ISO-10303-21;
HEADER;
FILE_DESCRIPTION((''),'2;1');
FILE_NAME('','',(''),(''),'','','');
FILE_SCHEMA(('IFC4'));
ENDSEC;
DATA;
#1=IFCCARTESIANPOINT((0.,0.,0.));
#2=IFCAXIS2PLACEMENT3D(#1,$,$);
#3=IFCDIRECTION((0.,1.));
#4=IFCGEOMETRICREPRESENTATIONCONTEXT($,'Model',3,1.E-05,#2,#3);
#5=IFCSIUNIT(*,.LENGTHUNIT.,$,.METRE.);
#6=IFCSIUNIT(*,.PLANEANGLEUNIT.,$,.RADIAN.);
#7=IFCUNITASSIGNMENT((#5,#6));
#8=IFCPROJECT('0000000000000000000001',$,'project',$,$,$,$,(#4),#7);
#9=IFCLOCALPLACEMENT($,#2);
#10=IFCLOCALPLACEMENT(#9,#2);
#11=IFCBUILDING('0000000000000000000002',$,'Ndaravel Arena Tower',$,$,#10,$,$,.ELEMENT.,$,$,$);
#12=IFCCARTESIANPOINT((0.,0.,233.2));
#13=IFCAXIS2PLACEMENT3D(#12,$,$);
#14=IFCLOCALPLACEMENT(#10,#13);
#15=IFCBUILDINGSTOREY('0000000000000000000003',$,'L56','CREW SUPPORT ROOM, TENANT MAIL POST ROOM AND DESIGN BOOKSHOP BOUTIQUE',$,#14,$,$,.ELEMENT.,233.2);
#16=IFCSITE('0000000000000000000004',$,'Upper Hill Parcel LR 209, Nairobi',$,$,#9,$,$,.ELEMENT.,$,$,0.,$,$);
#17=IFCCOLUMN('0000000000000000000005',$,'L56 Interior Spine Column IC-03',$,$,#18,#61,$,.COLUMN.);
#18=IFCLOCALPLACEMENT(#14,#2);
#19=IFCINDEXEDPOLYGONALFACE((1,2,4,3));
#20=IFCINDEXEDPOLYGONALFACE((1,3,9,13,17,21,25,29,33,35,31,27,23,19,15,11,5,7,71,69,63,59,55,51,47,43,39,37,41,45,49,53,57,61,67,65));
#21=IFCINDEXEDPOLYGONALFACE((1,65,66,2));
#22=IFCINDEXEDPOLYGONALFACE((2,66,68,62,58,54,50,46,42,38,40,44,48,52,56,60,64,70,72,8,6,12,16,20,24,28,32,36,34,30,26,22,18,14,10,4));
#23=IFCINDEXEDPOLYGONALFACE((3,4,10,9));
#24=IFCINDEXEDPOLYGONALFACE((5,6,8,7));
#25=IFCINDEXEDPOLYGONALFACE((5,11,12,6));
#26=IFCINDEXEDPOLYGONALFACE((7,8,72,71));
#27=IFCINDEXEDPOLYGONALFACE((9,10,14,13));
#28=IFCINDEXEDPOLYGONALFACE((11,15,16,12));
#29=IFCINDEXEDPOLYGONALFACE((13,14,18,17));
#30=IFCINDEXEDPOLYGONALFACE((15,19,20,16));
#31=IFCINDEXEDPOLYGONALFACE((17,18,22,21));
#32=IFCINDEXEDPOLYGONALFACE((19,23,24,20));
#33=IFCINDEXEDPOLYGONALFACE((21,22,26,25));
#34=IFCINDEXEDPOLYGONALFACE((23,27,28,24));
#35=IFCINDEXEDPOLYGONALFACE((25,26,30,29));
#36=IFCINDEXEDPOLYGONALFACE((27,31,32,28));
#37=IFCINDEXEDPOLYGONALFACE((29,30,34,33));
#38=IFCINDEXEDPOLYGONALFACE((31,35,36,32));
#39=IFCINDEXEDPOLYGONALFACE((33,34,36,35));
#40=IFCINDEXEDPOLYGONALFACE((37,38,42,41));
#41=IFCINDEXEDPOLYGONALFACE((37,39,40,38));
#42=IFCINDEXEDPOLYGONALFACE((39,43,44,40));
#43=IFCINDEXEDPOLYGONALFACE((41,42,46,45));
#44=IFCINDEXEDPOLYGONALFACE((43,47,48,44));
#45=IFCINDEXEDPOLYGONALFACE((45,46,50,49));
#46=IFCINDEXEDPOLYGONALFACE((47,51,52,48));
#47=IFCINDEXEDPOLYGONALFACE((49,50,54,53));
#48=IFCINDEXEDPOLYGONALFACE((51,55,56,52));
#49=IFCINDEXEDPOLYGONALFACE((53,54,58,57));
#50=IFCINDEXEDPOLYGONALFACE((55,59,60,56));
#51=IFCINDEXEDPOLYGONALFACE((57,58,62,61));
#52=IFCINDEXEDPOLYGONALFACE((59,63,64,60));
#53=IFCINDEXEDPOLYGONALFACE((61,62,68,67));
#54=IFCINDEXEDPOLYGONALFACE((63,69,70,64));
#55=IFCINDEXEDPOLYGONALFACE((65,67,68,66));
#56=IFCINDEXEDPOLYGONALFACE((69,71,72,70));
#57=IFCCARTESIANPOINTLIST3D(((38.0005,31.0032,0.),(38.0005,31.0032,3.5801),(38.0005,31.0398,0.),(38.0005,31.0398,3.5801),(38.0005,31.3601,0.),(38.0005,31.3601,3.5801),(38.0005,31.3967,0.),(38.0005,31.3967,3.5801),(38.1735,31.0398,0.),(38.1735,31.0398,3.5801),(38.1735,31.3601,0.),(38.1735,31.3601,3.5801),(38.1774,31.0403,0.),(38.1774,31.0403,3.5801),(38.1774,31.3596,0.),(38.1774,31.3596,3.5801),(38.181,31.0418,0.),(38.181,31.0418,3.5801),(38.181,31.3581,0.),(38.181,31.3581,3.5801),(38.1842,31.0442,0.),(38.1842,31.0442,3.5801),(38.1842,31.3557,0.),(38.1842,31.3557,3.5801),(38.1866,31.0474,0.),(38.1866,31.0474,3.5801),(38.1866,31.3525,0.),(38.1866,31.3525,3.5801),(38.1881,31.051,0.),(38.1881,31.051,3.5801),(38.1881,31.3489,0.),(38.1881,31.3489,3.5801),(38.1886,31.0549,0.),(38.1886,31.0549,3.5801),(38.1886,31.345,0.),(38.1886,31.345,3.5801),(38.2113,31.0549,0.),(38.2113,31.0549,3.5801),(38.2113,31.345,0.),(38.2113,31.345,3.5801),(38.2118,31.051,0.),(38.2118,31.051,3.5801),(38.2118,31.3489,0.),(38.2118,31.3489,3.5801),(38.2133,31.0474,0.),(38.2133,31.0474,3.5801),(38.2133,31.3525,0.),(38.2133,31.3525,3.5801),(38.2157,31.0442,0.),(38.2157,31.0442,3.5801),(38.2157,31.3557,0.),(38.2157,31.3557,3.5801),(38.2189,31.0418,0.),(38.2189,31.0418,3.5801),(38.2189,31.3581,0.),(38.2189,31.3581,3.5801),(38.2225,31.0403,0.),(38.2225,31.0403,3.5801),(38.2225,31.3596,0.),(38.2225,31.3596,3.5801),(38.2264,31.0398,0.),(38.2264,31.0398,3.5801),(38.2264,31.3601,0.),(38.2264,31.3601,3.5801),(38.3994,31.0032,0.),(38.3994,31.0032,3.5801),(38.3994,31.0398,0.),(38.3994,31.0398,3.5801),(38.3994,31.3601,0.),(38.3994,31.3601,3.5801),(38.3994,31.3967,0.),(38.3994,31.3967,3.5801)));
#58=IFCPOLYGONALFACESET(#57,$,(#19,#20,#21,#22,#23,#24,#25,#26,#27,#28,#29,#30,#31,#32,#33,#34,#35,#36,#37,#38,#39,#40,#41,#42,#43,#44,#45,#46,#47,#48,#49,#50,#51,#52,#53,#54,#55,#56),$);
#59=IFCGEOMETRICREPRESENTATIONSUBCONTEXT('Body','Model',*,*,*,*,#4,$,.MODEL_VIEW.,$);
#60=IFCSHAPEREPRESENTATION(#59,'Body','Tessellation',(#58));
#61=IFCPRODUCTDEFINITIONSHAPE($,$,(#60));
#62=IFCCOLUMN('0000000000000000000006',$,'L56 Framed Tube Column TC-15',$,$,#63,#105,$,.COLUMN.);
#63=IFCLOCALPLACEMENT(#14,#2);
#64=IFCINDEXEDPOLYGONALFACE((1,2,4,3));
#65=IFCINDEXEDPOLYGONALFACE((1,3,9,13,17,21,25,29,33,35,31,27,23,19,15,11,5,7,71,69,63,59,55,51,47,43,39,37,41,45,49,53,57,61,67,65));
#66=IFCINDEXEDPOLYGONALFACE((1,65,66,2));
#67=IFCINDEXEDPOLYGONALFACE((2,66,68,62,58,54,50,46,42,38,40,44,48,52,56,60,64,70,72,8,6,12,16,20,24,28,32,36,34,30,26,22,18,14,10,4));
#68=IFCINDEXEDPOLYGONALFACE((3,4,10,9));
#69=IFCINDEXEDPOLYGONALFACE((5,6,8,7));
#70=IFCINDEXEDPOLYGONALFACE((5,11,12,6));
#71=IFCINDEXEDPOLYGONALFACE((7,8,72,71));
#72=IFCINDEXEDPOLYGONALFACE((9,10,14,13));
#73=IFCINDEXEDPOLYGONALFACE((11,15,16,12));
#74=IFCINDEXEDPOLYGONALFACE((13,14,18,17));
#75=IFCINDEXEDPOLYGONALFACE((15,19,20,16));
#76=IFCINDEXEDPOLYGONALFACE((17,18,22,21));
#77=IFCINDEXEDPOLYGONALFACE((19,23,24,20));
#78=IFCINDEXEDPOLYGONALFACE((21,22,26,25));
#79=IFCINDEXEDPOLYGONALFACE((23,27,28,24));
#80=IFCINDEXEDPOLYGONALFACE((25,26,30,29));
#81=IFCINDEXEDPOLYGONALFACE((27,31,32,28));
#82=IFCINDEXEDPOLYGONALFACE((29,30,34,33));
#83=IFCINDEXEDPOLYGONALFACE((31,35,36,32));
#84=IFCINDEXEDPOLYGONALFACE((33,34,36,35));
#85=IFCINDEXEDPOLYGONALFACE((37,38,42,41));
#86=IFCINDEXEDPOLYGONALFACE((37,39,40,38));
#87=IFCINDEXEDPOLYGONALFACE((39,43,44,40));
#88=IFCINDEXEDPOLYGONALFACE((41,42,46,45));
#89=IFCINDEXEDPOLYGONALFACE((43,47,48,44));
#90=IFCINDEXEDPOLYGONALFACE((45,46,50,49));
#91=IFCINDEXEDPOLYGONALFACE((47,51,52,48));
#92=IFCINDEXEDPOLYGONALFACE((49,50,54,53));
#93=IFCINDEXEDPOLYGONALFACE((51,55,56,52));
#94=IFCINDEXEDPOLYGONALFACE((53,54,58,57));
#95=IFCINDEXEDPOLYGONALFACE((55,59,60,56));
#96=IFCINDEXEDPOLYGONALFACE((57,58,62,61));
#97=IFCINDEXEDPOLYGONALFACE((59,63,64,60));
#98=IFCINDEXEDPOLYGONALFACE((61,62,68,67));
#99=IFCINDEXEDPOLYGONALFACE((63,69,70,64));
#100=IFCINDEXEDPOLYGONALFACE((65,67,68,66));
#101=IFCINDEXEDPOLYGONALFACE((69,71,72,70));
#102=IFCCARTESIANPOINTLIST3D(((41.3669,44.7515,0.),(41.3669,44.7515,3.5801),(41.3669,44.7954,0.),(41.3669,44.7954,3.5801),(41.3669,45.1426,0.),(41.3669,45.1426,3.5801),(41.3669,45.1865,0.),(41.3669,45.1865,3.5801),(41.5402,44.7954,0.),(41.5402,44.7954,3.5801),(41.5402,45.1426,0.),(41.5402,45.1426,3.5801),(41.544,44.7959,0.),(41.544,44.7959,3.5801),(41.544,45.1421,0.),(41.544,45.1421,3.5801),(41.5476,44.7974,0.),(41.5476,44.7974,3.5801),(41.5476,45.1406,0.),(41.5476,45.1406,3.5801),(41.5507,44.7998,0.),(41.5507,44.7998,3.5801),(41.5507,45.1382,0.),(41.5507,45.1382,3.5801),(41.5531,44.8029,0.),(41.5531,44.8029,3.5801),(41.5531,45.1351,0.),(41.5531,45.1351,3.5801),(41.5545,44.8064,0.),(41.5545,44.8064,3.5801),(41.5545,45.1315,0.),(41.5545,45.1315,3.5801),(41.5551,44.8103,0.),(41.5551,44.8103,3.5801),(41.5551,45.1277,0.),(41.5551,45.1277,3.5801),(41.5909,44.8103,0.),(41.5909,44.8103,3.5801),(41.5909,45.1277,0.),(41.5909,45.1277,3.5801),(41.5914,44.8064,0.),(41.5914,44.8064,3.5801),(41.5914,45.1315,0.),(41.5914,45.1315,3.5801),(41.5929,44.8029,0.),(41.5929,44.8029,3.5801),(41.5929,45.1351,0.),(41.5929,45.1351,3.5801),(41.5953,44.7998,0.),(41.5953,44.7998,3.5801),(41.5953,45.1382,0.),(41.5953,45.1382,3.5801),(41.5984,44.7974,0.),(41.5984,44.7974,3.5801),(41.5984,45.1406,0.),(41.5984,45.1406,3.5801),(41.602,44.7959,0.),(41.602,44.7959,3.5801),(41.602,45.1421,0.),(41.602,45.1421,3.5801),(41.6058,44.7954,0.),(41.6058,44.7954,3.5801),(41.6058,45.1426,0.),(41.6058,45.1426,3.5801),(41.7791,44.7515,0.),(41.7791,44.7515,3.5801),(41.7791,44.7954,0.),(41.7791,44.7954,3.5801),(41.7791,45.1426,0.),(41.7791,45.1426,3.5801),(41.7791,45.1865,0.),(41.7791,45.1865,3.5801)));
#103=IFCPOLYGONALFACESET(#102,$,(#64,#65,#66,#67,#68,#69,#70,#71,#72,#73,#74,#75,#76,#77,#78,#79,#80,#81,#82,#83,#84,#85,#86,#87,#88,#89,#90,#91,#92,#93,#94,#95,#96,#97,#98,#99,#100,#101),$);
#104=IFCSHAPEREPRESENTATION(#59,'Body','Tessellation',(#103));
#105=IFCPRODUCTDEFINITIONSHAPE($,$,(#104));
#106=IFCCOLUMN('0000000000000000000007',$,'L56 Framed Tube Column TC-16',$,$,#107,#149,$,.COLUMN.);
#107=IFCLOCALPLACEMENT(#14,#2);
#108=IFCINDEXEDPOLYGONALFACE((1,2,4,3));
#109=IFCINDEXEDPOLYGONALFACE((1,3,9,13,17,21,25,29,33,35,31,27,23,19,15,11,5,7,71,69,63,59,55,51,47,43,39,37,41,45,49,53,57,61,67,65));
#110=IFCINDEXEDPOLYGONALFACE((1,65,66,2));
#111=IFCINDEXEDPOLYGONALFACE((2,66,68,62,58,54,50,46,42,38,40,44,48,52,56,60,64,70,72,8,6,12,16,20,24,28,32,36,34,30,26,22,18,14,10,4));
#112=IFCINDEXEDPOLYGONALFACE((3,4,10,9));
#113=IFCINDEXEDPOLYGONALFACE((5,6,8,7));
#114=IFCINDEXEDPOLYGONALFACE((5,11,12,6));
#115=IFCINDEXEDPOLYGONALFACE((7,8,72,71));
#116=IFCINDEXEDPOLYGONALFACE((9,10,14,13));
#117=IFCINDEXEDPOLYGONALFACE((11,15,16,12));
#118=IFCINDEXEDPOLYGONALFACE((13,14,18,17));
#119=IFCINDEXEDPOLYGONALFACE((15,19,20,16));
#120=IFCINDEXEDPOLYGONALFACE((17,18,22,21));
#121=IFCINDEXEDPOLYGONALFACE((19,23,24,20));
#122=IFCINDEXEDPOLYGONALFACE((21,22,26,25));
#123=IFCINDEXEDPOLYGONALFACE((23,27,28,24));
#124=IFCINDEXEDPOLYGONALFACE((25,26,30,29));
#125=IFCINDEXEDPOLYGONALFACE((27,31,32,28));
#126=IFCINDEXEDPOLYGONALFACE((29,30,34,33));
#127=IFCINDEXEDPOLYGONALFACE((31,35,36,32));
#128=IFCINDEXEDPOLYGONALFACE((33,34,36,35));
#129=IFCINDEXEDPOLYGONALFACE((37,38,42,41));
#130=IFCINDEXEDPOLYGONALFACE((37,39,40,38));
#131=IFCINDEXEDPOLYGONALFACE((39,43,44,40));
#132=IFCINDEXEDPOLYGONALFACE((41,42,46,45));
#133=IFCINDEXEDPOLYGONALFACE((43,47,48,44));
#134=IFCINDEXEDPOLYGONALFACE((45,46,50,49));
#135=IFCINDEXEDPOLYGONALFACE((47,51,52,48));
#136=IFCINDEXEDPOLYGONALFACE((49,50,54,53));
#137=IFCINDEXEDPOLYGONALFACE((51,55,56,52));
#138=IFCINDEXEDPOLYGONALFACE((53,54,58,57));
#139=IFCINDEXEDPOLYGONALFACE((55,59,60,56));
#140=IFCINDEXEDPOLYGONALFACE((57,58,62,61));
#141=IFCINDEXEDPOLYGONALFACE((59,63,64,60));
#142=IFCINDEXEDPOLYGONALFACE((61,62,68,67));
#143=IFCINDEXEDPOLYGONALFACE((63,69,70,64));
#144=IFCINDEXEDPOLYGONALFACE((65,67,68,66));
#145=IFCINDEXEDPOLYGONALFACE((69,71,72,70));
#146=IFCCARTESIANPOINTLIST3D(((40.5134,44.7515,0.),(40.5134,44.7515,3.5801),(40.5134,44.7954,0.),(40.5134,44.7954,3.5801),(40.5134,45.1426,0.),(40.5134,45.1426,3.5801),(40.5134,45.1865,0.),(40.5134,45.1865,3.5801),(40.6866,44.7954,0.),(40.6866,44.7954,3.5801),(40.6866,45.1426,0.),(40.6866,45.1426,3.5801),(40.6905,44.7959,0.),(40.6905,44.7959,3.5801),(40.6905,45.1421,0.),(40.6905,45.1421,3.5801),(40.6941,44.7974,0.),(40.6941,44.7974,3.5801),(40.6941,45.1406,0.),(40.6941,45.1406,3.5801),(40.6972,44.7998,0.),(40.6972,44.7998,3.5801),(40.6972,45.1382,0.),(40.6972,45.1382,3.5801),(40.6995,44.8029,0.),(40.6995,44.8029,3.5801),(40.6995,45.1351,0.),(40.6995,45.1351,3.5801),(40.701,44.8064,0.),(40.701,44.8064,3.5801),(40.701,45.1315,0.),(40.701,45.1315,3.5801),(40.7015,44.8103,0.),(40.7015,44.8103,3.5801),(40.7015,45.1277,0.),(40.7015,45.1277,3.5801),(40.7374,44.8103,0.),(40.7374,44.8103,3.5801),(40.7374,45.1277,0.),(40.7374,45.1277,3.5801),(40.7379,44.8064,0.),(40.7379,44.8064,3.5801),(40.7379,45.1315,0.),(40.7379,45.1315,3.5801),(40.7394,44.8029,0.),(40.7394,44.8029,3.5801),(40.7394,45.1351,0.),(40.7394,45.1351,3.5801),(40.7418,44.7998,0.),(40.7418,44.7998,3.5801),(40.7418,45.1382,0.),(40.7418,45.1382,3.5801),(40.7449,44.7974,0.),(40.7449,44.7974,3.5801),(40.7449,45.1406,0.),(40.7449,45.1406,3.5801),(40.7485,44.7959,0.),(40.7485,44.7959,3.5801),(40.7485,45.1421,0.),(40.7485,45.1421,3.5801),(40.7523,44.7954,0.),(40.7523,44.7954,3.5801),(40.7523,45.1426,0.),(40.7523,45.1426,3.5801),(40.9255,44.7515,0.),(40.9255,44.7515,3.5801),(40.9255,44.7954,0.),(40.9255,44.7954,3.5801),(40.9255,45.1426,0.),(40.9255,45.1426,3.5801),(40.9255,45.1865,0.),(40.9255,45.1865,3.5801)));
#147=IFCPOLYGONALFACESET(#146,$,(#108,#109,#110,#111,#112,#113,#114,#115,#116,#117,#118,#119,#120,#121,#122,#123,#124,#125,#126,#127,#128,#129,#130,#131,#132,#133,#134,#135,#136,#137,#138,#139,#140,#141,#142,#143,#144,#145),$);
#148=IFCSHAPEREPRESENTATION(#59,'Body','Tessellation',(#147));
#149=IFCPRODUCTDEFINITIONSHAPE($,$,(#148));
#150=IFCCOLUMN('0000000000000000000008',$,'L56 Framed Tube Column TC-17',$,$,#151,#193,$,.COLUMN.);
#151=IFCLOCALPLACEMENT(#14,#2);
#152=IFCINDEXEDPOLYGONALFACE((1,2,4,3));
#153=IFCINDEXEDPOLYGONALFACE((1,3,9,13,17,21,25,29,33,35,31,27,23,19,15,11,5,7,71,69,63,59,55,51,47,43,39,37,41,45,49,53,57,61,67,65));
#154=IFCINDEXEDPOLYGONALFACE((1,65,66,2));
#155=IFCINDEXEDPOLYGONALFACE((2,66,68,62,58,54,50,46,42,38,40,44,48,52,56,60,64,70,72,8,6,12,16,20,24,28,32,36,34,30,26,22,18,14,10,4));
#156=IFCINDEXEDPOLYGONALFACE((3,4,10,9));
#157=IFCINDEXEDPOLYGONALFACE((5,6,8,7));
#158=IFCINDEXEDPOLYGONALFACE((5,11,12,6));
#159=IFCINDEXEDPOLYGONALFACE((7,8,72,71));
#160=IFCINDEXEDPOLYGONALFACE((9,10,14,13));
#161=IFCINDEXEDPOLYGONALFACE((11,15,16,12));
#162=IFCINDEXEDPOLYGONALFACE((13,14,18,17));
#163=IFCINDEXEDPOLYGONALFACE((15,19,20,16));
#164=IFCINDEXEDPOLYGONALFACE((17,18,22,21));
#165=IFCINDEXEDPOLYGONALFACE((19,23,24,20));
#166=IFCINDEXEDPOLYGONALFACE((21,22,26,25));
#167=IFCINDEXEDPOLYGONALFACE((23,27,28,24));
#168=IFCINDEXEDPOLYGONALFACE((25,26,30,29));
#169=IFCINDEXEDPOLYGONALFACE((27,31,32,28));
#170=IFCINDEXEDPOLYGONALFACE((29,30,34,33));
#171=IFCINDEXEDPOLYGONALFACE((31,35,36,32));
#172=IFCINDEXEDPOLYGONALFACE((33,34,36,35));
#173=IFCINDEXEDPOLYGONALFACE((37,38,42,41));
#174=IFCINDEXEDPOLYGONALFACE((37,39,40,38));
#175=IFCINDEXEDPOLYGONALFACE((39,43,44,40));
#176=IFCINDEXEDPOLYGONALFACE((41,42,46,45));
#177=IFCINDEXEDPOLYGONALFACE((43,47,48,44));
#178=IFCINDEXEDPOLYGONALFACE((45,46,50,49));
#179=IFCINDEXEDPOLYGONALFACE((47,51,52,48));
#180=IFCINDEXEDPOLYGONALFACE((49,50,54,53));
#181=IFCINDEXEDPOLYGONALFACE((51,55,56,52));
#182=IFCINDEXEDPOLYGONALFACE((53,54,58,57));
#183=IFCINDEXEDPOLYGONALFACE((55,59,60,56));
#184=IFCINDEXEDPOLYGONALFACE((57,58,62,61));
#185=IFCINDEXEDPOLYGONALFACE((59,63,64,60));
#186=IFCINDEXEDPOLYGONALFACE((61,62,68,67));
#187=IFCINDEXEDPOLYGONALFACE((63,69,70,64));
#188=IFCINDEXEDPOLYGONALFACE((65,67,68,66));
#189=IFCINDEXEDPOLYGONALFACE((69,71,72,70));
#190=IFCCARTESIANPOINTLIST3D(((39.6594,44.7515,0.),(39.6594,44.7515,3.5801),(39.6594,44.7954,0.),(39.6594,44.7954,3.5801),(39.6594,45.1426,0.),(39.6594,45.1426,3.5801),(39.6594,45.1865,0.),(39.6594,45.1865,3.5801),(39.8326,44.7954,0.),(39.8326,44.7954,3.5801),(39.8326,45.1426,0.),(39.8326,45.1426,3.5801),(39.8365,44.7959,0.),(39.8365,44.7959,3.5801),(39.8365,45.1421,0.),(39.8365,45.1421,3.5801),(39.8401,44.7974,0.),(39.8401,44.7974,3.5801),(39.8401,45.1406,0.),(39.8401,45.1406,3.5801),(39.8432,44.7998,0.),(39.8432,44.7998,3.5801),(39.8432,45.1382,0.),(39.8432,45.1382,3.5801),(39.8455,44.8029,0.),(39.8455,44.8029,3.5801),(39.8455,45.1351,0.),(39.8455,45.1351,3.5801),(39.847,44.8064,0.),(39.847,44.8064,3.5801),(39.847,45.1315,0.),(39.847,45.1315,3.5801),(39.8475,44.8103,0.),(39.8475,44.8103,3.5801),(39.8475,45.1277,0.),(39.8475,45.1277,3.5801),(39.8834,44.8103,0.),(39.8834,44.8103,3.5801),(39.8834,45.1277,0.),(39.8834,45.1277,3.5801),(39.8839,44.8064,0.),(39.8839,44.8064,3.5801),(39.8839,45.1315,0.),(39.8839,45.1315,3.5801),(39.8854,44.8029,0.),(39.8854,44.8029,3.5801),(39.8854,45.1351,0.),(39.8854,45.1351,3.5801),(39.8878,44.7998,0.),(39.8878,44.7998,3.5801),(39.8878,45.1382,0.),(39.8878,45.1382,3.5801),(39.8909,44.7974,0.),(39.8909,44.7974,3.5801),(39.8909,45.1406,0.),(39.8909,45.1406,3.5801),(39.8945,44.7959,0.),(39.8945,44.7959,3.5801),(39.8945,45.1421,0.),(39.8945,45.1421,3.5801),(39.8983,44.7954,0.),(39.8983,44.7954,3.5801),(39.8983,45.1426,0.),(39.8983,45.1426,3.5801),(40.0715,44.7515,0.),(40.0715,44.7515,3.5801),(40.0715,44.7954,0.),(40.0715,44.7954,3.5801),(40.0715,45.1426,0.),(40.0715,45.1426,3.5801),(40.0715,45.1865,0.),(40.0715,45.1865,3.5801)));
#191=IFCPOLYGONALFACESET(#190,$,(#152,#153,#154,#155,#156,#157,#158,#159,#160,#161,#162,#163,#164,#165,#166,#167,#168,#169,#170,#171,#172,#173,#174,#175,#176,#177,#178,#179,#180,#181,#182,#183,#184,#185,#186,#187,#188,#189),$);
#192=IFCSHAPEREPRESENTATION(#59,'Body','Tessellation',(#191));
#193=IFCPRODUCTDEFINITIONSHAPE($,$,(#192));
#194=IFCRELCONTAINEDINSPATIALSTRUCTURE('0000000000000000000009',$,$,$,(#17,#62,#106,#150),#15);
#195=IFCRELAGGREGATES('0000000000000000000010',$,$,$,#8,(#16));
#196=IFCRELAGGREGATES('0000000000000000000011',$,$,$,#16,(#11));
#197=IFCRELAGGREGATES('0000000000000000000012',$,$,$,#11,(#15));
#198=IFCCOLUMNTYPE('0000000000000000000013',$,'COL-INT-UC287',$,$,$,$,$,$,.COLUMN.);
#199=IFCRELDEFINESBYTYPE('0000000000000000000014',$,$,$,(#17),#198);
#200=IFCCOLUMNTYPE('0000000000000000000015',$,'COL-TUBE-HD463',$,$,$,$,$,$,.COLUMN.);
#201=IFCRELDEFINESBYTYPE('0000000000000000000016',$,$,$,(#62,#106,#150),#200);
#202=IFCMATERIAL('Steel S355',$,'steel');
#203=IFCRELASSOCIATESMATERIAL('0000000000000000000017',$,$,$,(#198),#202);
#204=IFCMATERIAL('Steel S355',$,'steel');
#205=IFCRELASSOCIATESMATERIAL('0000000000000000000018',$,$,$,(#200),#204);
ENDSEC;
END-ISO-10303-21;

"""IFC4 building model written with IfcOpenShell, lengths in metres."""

from ifc_helpers import new_model, si_unit, direction, frame, origin, origin_2d, place, context, subcontext, project, spatial, i_section, extrude, material, material_profile, profile_set, type_object, element, save


model = new_model("IFC4")

# Units and contexts
model_context = context("Model", 3, precision=1e-05, world=origin(), true_north=direction((0.0, 1.0)))
body_context = subcontext(model_context, "Body", "Model", "MODEL_VIEW")
ifc_project = project(units=[si_unit("LENGTHUNIT", "METRE"), si_unit("PLANEANGLEUNIT", "RADIAN")], contexts=[model_context])

# Site, building, storey
site_placement = place(None, origin())
site = spatial("IfcSite", under=ifc_project, at=site_placement, Name="Upper Hill Parcel LR 209, Nairobi", CompositionType="ELEMENT", RefElevation=0.0)
building_placement = place(site_placement, origin())
building = spatial("IfcBuilding", under=site, at=building_placement, Name="Ndaravel Arena Tower", CompositionType="ELEMENT")
storey_placement = place(building_placement, frame((0.0, 0.0, 233.2)))
storey = spatial("IfcBuildingStorey", under=building, at=storey_placement, Name="L56", Description="CREW SUPPORT ROOM, TENANT MAIL POST ROOM AND DESIGN BOOKSHOP BOUTIQUE", CompositionType="ELEMENT", Elevation=233.2)

# Columns
ifc_material_1 = material(Name="Steel S355", Category="steel")
ifc_material_profile_1 = material_profile(ifc_material_1, i_section(OverallWidth=0.3989, OverallDepth=0.3936, WebThickness=0.0227, FlangeThickness=0.0366, FilletRadius=0.0151, at=origin_2d()), Name="UC 356x406x287")
ifc_profile_set_1 = profile_set([ifc_material_profile_1], Name="Steel S355")
column_type_1 = type_object("IfcColumnType", Name="COL-INT-UC287", PredefinedType="COLUMN", material=ifc_profile_set_1)
column_placement = place(storey_placement, frame((38.2, 31.2, 0.0), z_axis=(0.0, 0.0, 1.0), x_axis=(1.0, 0.0, 0.0)))
element("IfcColumn", 1, at=column_placement, inside=storey, type_object=column_type_1, Name="L56 Interior Spine Column IC-03", PredefinedType="COLUMN", context=body_context, shape_type="SweptSolid", body=[
    extrude(i_section(OverallWidth=0.3989, OverallDepth=0.3936, WebThickness=0.0227, FlangeThickness=0.0366, FilletRadius=0.0151, at=origin_2d()), origin(), (0.0, 0.0, 1.0), 3.5801),
])
ifc_material_2 = material(Name="Steel S355", Category="steel")
ifc_material_profile_2 = material_profile(ifc_material_2, i_section(OverallWidth=0.4121, OverallDepth=0.4351, WebThickness=0.0359, FlangeThickness=0.0439, FilletRadius=0.0149, at=origin_2d()), Name="HD 400x463")
ifc_profile_set_2 = profile_set([ifc_material_profile_2], Name="Steel S355")
column_type_2 = type_object("IfcColumnType", Name="COL-TUBE-HD463", PredefinedType="COLUMN", material=ifc_profile_set_2)
for number, where, z_axis, x_axis, name in (
    (2, (41.573, 44.969, 0.0), (0.0, 0.0, 1.0), (1.0, 0.0, 0.0), "L56 Framed Tube Column TC-15"),
    (3, (40.7195, 44.969, 0.0), (0.0, 0.0, 1.0), (1.0, 0.0, 0.0), "L56 Framed Tube Column TC-16"),
    (4, (39.8655, 44.969, 0.0), (0.0, 0.0, 1.0), (1.0, 0.0, 0.0), "L56 Framed Tube Column TC-17"),
):
    element("IfcColumn", number, at=place(storey_placement, frame(where, z_axis=z_axis, x_axis=x_axis)), inside=storey, type_object=column_type_2, Name=name, PredefinedType="COLUMN", context=body_context, shape_type="SweptSolid", body=[
        extrude(i_section(OverallWidth=0.4121, OverallDepth=0.4351, WebThickness=0.0359, FlangeThickness=0.0439, FilletRadius=0.0149, at=origin_2d()), origin(), (0.0, 0.0, 1.0), 3.5801),
    ])

save(model, "model.ifc")
